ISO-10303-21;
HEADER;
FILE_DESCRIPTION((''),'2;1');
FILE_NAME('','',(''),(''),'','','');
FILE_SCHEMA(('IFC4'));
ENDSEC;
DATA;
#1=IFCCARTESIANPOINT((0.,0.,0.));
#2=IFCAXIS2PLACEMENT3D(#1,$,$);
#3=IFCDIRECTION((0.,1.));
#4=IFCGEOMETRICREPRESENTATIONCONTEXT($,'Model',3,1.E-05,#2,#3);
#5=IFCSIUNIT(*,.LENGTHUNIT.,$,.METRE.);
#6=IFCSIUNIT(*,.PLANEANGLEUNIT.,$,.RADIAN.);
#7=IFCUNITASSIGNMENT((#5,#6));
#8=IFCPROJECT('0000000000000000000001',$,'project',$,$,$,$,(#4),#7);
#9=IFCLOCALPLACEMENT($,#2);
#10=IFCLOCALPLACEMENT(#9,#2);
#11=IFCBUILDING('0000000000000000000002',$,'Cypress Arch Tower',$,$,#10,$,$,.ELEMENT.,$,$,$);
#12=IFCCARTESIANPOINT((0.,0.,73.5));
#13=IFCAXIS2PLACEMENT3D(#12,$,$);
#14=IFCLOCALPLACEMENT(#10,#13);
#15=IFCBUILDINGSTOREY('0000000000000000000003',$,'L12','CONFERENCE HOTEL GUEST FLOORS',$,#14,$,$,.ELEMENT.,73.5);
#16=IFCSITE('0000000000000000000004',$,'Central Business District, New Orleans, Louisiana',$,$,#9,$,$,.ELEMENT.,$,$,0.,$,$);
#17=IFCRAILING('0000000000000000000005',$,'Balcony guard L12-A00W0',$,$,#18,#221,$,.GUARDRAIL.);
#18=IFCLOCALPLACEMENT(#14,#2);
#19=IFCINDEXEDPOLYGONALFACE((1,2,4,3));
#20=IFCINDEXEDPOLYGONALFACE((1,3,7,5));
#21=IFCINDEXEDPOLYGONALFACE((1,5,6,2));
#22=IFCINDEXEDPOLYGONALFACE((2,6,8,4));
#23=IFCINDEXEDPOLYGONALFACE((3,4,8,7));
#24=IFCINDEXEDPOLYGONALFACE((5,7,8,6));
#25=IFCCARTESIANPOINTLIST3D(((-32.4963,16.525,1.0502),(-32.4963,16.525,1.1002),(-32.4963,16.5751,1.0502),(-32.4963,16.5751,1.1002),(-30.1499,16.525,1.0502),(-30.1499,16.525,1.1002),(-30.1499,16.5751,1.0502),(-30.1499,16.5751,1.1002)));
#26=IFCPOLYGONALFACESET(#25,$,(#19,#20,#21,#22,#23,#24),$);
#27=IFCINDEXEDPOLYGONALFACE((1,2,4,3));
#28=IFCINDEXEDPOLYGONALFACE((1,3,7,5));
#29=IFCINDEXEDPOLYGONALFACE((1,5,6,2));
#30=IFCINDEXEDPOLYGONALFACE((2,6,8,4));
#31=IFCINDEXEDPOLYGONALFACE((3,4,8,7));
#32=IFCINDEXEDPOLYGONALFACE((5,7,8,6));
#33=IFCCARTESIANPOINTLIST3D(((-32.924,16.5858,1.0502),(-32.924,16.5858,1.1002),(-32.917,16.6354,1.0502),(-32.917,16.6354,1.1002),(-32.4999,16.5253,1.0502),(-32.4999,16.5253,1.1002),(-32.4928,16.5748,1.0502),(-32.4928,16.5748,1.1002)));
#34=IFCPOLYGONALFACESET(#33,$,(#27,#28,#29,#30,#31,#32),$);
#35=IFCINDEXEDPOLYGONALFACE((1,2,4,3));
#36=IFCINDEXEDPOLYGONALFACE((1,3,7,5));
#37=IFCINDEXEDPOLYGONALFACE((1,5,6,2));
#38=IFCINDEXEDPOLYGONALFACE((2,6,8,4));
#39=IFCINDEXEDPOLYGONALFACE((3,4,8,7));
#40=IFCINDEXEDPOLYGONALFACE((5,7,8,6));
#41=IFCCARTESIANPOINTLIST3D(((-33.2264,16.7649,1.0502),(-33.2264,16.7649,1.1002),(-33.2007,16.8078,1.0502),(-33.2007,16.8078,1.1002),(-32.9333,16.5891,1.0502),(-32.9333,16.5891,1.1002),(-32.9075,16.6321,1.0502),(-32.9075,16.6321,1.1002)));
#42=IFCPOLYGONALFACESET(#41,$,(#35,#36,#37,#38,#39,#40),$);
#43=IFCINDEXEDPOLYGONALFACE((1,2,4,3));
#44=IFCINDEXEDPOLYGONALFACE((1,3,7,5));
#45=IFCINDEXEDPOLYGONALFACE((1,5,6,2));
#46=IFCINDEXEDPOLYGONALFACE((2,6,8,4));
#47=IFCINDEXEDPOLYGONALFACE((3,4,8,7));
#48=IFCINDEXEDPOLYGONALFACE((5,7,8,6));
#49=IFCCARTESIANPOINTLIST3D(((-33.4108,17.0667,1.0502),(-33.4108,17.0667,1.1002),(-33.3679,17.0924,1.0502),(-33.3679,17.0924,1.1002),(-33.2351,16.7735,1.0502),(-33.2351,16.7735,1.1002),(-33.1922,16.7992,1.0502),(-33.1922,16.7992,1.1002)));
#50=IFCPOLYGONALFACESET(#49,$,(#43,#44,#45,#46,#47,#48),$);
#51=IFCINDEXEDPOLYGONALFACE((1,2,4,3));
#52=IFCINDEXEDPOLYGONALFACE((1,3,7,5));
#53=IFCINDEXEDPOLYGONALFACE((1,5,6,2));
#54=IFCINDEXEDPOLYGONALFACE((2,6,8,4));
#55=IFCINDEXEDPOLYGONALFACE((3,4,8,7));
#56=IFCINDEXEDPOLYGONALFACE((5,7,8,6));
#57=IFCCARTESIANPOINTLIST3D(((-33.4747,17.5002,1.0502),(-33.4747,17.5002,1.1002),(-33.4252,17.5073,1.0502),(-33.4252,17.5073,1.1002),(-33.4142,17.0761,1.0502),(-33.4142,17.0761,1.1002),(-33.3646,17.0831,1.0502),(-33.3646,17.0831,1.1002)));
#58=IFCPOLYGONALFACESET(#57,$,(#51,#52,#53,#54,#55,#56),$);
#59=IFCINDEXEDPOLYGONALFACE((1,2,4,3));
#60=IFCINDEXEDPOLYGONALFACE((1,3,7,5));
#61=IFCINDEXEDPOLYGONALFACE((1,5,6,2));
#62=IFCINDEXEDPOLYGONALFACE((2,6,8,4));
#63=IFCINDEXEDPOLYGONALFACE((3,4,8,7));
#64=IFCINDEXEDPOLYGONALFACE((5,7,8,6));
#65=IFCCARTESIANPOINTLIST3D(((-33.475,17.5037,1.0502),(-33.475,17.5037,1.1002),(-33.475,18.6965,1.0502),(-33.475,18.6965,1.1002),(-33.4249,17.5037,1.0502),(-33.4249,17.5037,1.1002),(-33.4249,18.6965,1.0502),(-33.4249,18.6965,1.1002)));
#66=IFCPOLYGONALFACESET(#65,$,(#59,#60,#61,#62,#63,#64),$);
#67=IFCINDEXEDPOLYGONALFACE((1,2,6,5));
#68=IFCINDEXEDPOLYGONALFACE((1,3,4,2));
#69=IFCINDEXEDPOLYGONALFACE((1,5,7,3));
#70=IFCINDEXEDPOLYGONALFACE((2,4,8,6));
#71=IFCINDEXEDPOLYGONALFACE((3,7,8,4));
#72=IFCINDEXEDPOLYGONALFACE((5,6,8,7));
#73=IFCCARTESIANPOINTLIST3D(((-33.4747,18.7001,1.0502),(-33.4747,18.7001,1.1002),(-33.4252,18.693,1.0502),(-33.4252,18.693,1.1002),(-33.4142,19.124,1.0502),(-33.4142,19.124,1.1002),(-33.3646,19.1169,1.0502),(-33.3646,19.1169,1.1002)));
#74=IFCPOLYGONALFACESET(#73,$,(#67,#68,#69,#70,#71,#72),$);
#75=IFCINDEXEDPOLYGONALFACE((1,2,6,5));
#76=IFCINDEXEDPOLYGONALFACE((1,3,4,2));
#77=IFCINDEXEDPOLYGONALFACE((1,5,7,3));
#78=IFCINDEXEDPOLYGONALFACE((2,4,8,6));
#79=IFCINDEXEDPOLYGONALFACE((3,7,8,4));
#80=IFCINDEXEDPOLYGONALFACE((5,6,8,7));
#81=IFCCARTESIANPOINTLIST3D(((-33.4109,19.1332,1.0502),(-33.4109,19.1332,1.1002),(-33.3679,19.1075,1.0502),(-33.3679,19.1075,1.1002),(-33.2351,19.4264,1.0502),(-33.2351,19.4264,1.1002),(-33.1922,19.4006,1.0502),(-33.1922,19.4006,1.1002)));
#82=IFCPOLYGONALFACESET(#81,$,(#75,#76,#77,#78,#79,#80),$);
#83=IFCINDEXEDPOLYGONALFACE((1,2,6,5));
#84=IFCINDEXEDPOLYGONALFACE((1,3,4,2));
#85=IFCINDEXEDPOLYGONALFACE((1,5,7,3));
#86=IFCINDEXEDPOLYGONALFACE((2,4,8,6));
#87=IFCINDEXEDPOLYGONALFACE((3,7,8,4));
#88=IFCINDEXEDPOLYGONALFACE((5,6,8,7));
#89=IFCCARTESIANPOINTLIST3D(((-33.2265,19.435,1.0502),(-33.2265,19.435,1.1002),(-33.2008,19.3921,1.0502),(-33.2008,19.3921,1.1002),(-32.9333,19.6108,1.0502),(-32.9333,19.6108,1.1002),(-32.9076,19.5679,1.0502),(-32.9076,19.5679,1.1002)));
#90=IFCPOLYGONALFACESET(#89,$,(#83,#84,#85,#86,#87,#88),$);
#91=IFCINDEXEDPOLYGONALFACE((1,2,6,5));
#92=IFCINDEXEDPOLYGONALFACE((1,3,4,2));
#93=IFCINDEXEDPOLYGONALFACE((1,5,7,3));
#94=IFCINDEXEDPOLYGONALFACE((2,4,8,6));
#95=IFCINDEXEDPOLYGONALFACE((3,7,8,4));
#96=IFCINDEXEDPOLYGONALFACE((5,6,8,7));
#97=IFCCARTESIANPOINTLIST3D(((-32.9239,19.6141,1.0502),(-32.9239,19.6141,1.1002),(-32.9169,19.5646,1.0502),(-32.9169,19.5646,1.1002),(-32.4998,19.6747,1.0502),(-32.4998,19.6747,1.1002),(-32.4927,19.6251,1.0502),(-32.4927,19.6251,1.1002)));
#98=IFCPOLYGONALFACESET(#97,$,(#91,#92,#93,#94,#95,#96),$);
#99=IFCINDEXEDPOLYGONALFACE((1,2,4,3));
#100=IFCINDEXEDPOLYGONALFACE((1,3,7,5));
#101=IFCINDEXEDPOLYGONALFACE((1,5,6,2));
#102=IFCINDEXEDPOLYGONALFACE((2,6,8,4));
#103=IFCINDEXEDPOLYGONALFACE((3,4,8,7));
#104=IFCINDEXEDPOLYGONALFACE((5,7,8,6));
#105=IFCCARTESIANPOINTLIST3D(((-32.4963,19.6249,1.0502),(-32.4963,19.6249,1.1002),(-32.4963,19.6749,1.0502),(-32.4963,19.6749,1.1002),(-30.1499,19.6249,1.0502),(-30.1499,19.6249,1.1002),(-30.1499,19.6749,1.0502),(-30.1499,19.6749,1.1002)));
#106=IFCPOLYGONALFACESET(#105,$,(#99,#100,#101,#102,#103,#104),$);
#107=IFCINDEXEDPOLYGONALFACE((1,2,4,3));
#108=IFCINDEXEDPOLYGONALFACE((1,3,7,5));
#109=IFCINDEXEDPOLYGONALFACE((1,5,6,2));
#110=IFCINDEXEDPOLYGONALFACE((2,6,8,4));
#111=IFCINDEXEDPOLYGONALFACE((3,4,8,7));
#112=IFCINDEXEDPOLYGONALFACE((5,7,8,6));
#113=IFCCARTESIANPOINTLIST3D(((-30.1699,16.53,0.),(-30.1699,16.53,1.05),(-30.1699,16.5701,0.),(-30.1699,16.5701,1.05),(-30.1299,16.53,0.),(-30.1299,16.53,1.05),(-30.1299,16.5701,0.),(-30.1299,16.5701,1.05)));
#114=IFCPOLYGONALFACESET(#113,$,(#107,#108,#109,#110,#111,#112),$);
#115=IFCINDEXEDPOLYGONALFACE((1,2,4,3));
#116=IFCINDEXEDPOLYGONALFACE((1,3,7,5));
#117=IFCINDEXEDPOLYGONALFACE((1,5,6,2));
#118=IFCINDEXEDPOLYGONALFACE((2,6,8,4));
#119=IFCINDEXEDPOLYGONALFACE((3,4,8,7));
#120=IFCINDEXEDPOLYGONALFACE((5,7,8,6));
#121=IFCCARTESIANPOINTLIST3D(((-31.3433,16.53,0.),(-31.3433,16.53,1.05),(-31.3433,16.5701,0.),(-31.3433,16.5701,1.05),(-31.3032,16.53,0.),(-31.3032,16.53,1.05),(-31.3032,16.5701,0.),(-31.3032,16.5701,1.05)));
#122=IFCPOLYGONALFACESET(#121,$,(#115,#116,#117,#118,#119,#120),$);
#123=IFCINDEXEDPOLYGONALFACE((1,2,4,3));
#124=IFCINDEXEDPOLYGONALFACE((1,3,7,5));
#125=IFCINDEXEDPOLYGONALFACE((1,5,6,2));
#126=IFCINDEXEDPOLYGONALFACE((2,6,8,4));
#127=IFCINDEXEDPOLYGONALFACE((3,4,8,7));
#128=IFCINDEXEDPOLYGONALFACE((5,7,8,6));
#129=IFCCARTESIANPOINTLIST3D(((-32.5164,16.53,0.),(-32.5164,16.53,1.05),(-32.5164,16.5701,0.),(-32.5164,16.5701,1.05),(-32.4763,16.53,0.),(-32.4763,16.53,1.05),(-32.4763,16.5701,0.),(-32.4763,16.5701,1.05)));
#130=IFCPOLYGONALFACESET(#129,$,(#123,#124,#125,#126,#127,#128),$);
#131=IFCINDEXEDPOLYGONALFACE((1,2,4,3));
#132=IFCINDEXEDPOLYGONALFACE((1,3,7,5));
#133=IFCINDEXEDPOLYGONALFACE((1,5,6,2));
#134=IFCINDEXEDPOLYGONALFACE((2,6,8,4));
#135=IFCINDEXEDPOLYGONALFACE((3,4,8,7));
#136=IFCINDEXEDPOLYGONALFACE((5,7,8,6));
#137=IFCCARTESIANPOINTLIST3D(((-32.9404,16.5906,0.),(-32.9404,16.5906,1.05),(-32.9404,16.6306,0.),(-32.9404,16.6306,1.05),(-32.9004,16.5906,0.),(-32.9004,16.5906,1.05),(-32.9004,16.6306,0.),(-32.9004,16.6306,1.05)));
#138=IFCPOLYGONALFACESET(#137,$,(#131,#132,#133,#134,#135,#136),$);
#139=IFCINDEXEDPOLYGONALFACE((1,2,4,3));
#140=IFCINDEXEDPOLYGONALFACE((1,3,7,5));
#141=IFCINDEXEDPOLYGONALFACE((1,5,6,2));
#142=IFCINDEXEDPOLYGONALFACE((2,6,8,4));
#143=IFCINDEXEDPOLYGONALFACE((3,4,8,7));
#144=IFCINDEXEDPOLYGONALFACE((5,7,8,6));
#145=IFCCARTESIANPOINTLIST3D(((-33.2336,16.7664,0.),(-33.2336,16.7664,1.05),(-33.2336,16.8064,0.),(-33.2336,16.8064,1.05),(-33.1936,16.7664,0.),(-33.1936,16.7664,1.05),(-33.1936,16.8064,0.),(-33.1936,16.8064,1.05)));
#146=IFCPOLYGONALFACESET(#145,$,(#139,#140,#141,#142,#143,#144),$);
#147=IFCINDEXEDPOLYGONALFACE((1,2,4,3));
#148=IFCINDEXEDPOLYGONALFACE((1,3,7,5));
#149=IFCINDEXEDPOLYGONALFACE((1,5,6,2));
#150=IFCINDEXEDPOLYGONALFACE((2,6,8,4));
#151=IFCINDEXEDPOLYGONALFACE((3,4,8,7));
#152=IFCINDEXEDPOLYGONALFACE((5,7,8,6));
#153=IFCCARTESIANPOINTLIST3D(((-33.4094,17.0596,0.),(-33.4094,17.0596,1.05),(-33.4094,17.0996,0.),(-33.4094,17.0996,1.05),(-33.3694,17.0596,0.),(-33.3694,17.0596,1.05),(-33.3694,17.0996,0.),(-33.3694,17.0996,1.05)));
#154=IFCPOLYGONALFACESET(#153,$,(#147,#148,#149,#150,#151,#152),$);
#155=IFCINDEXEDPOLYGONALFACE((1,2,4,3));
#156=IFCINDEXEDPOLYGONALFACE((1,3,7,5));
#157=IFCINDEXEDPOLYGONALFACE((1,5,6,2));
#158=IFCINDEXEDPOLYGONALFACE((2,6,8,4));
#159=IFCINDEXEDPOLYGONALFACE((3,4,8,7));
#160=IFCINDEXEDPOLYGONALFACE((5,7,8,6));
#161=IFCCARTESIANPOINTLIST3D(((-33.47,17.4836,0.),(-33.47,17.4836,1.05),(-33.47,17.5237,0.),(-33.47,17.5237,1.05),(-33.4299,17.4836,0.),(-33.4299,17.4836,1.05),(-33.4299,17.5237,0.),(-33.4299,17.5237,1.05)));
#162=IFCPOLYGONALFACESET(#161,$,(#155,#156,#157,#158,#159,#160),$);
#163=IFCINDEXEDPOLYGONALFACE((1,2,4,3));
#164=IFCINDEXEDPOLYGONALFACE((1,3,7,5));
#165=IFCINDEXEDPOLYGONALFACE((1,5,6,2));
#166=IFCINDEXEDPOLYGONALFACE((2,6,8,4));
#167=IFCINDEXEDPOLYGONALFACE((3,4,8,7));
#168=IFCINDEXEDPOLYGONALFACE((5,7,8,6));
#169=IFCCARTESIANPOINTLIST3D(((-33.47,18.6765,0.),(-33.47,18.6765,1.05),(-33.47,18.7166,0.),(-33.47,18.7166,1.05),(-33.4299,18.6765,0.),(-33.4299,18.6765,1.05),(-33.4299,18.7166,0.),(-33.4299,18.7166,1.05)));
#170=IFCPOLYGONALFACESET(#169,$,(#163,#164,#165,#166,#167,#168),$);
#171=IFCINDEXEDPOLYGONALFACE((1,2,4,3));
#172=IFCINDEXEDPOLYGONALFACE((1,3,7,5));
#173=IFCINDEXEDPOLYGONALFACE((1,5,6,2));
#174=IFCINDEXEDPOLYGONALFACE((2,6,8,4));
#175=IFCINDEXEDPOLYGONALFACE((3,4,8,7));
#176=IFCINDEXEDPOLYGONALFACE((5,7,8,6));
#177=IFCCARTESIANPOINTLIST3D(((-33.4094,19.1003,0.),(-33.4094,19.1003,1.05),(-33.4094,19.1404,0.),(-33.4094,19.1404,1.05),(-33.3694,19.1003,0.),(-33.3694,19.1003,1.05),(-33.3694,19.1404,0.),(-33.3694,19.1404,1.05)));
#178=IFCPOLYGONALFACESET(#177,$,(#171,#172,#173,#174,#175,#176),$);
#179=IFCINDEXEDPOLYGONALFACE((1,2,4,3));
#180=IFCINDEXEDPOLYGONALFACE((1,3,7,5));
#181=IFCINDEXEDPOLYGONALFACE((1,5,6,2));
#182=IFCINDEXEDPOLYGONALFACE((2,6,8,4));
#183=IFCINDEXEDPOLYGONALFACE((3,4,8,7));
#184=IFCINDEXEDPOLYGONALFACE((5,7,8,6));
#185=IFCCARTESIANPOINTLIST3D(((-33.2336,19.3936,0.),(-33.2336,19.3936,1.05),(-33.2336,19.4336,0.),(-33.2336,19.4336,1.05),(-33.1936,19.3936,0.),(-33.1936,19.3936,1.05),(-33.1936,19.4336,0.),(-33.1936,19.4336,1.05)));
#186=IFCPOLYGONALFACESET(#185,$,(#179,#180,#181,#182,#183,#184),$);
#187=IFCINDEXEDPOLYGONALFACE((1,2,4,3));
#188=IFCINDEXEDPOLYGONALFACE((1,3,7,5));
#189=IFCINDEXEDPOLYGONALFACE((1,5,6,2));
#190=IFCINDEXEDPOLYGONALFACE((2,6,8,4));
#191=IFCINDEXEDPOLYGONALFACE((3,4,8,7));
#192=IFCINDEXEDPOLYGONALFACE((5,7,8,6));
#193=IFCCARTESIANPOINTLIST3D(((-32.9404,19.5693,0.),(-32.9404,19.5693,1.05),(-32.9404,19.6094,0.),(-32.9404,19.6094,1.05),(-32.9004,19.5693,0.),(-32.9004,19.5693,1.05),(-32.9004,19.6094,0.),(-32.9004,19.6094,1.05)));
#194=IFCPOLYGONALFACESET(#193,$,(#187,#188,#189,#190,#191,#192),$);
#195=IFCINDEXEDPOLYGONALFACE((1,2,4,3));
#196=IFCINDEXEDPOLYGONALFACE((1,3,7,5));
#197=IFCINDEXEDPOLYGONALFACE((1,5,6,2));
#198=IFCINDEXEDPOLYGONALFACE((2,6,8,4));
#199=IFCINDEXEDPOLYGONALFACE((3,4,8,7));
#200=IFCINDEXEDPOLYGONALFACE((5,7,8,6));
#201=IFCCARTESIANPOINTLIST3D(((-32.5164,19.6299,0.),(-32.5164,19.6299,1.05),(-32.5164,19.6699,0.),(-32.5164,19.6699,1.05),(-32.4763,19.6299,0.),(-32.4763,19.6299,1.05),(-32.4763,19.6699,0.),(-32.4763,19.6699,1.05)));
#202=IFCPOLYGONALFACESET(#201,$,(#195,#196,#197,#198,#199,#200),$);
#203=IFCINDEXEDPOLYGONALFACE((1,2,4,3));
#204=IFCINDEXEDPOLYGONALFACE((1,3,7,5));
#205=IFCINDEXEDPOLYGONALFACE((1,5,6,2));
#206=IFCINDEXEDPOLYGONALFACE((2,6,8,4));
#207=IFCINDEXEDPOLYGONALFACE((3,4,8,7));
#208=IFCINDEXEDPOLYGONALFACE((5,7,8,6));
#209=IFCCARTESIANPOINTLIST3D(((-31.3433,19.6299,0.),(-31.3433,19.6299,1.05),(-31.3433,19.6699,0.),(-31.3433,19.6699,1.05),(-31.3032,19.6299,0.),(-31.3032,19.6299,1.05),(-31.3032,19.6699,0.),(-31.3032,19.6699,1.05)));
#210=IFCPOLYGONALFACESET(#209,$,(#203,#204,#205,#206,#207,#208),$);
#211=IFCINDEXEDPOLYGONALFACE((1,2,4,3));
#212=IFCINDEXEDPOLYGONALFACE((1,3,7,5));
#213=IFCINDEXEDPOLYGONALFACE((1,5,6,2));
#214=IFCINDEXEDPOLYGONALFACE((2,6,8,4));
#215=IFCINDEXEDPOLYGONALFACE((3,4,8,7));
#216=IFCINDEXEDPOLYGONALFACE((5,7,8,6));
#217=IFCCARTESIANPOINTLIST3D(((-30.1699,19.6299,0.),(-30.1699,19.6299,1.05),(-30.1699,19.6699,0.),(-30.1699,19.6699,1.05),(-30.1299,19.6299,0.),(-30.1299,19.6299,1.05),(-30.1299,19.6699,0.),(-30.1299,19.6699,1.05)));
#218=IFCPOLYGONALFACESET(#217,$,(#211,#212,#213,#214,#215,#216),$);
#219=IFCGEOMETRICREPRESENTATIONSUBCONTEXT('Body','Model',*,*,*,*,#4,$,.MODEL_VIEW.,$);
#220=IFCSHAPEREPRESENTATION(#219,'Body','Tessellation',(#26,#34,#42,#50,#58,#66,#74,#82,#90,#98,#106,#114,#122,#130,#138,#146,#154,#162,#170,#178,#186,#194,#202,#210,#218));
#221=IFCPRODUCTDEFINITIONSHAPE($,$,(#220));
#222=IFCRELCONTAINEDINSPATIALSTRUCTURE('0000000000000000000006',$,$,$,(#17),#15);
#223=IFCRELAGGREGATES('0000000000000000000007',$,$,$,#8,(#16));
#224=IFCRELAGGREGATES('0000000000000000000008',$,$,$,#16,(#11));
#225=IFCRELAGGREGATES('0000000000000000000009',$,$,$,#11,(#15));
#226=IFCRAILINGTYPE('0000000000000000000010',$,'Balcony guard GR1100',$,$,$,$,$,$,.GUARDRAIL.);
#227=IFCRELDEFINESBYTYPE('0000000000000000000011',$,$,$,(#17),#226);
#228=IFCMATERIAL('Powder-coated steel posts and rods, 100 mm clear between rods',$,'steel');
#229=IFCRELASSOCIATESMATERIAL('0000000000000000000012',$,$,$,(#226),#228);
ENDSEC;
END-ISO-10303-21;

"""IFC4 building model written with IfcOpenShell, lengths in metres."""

from ifc_helpers import new_model, si_unit, direction, frame, origin, origin_2d, place, context, subcontext, project, spatial, rectangle, extrude, material, type_object, element, save


model = new_model("IFC4")

# Units and contexts
model_context = context("Model", 3, precision=1e-05, world=origin(), true_north=direction((0.0, 1.0)))
body_context = subcontext(model_context, "Body", "Model", "MODEL_VIEW")
ifc_project = project(units=[si_unit("LENGTHUNIT", "METRE"), si_unit("PLANEANGLEUNIT", "RADIAN")], contexts=[model_context])

# Site, building, storey
site_placement = place(None, origin())
site = spatial("IfcSite", under=ifc_project, at=site_placement, Name="Central Business District, New Orleans, Louisiana", CompositionType="ELEMENT", RefElevation=0.0)
building_placement = place(site_placement, origin())
building = spatial("IfcBuilding", under=site, at=building_placement, Name="Cypress Arch Tower", CompositionType="ELEMENT")
storey_placement = place(building_placement, frame((0.0, 0.0, 73.5)))
storey = spatial("IfcBuildingStorey", under=building, at=storey_placement, Name="L12", Description="CONFERENCE HOTEL GUEST FLOORS", CompositionType="ELEMENT", Elevation=73.5)

# Railing
ifc_material_1 = material(Name="Powder-coated steel posts and rods, 100 mm clear between rods", Category="steel")
railing_type_1 = type_object("IfcRailingType", Name="Balcony guard GR1100", PredefinedType="GUARDRAIL", material=ifc_material_1)
railing_1_placement = place(storey_placement, frame((-30.1499, 16.55, 0.0)))
element("IfcRailing", 1, at=railing_1_placement, inside=storey, type_object=railing_type_1, Name="Balcony guard L12-A00W0", PredefinedType="GUARDRAIL", context=body_context, shape_type="SweptSolid", body=[
    extrude(rectangle(XDim=0.05, YDim=0.05, at=origin_2d()), frame((0.0, 0.0, 1.0752), z_axis=(-1.0, 0.0, 0.0), x_axis=(0.0, -1.0, 0.0)), (0.0, 0.0, 1.0), 2.3464),
    extrude(rectangle(XDim=0.05, YDim=0.05, at=origin_2d()), frame((-2.3464, 0.0, 1.0752), z_axis=(-0.989961, 0.141342, 0.0), x_axis=(-0.141342, -0.989961, 0.0)), (0.0, 0.0, 1.0), 0.4285),
    extrude(rectangle(XDim=0.05, YDim=0.05, at=origin_2d()), frame((-2.7705, 0.0605, 1.0752), z_axis=(-0.857682, 0.514181, 0.0), x_axis=(-0.514181, -0.857682, 0.0)), (0.0, 0.0, 1.0), 0.3418),
    extrude(rectangle(XDim=0.05, YDim=0.05, at=origin_2d()), frame((-3.0637, 0.2363, 1.0752), z_axis=(-0.514181, 0.857682, 0.0), x_axis=(-0.857682, -0.514181, 0.0)), (0.0, 0.0, 1.0), 0.3418),
    extrude(rectangle(XDim=0.05, YDim=0.05, at=origin_2d()), frame((-3.2395, 0.5295, 1.0752), z_axis=(-0.141342, 0.989961, 0.0), x_axis=(-0.989961, -0.141342, 0.0)), (0.0, 0.0, 1.0), 0.4285),
    extrude(rectangle(XDim=0.05, YDim=0.05, at=origin_2d()), frame((-3.3, 0.9536, 1.0752), z_axis=(0.0, 1.0, 0.0), x_axis=(-1.0, 0.0, 0.0)), (0.0, 0.0, 1.0), 1.1929),
    extrude(rectangle(XDim=0.05, YDim=0.05, at=origin_2d()), frame((-3.3, 2.1465, 1.0752), z_axis=(0.141421, 0.989949, 0.0), x_axis=(-0.989949, 0.141421, 0.0)), (0.0, 0.0, 1.0), 0.4282),
    extrude(rectangle(XDim=0.05, YDim=0.05, at=origin_2d()), frame((-3.2395, 2.5703, 1.0752), z_axis=(0.514181, 0.857682, 0.0), x_axis=(-0.857682, 0.514181, 0.0)), (0.0, 0.0, 1.0), 0.3418),
    extrude(rectangle(XDim=0.05, YDim=0.05, at=origin_2d()), frame((-3.0637, 2.8635, 1.0752), z_axis=(0.857682, 0.514181, 0.0), x_axis=(-0.514181, 0.857682, 0.0)), (0.0, 0.0, 1.0), 0.3418),
    extrude(rectangle(XDim=0.05, YDim=0.05, at=origin_2d()), frame((-2.7705, 3.0393, 1.0752), z_axis=(0.989961, 0.141342, 0.0), x_axis=(-0.141342, 0.989961, 0.0)), (0.0, 0.0, 1.0), 0.4285),
    extrude(rectangle(XDim=0.05, YDim=0.05, at=origin_2d()), frame((-2.3464, 3.0999, 1.0752), z_axis=(1.0, 0.0, 0.0), x_axis=(0.0, 1.0, 0.0)), (0.0, 0.0, 1.0), 2.3464),
    extrude(rectangle(XDim=0.04, YDim=0.04, at=origin_2d()), origin(), (0.0, 0.0, 1.0), 1.05),
    extrude(rectangle(XDim=0.04, YDim=0.04, at=origin_2d()), frame((-1.1733, 0.0, 0.0)), (0.0, 0.0, 1.0), 1.05),
    extrude(rectangle(XDim=0.04, YDim=0.04, at=origin_2d()), frame((-2.3464, 0.0, 0.0)), (0.0, 0.0, 1.0), 1.05),
    extrude(rectangle(XDim=0.04, YDim=0.04, at=origin_2d()), frame((-2.7705, 0.0605, 0.0)), (0.0, 0.0, 1.0), 1.05),
    extrude(rectangle(XDim=0.04, YDim=0.04, at=origin_2d()), frame((-3.0637, 0.2363, 0.0)), (0.0, 0.0, 1.0), 1.05),
    extrude(rectangle(XDim=0.04, YDim=0.04, at=origin_2d()), frame((-3.2395, 0.5295, 0.0)), (0.0, 0.0, 1.0), 1.05),
    extrude(rectangle(XDim=0.04, YDim=0.04, at=origin_2d()), frame((-3.3, 0.9536, 0.0)), (0.0, 0.0, 1.0), 1.05),
    extrude(rectangle(XDim=0.04, YDim=0.04, at=origin_2d()), frame((-3.3, 2.1465, 0.0)), (0.0, 0.0, 1.0), 1.05),
    extrude(rectangle(XDim=0.04, YDim=0.04, at=origin_2d()), frame((-3.2395, 2.5703, 0.0)), (0.0, 0.0, 1.0), 1.05),
    extrude(rectangle(XDim=0.04, YDim=0.04, at=origin_2d()), frame((-3.0637, 2.8635, 0.0)), (0.0, 0.0, 1.0), 1.05),
    extrude(rectangle(XDim=0.04, YDim=0.04, at=origin_2d()), frame((-2.7705, 3.0393, 0.0)), (0.0, 0.0, 1.0), 1.05),
    extrude(rectangle(XDim=0.04, YDim=0.04, at=origin_2d()), frame((-2.3464, 3.0999, 0.0)), (0.0, 0.0, 1.0), 1.05),
    extrude(rectangle(XDim=0.04, YDim=0.04, at=origin_2d()), frame((-1.1733, 3.0999, 0.0)), (0.0, 0.0, 1.0), 1.05),
    extrude(rectangle(XDim=0.04, YDim=0.04, at=origin_2d()), frame((0.0, 3.0999, 0.0)), (0.0, 0.0, 1.0), 1.05),
])

save(model, "model.ifc")
